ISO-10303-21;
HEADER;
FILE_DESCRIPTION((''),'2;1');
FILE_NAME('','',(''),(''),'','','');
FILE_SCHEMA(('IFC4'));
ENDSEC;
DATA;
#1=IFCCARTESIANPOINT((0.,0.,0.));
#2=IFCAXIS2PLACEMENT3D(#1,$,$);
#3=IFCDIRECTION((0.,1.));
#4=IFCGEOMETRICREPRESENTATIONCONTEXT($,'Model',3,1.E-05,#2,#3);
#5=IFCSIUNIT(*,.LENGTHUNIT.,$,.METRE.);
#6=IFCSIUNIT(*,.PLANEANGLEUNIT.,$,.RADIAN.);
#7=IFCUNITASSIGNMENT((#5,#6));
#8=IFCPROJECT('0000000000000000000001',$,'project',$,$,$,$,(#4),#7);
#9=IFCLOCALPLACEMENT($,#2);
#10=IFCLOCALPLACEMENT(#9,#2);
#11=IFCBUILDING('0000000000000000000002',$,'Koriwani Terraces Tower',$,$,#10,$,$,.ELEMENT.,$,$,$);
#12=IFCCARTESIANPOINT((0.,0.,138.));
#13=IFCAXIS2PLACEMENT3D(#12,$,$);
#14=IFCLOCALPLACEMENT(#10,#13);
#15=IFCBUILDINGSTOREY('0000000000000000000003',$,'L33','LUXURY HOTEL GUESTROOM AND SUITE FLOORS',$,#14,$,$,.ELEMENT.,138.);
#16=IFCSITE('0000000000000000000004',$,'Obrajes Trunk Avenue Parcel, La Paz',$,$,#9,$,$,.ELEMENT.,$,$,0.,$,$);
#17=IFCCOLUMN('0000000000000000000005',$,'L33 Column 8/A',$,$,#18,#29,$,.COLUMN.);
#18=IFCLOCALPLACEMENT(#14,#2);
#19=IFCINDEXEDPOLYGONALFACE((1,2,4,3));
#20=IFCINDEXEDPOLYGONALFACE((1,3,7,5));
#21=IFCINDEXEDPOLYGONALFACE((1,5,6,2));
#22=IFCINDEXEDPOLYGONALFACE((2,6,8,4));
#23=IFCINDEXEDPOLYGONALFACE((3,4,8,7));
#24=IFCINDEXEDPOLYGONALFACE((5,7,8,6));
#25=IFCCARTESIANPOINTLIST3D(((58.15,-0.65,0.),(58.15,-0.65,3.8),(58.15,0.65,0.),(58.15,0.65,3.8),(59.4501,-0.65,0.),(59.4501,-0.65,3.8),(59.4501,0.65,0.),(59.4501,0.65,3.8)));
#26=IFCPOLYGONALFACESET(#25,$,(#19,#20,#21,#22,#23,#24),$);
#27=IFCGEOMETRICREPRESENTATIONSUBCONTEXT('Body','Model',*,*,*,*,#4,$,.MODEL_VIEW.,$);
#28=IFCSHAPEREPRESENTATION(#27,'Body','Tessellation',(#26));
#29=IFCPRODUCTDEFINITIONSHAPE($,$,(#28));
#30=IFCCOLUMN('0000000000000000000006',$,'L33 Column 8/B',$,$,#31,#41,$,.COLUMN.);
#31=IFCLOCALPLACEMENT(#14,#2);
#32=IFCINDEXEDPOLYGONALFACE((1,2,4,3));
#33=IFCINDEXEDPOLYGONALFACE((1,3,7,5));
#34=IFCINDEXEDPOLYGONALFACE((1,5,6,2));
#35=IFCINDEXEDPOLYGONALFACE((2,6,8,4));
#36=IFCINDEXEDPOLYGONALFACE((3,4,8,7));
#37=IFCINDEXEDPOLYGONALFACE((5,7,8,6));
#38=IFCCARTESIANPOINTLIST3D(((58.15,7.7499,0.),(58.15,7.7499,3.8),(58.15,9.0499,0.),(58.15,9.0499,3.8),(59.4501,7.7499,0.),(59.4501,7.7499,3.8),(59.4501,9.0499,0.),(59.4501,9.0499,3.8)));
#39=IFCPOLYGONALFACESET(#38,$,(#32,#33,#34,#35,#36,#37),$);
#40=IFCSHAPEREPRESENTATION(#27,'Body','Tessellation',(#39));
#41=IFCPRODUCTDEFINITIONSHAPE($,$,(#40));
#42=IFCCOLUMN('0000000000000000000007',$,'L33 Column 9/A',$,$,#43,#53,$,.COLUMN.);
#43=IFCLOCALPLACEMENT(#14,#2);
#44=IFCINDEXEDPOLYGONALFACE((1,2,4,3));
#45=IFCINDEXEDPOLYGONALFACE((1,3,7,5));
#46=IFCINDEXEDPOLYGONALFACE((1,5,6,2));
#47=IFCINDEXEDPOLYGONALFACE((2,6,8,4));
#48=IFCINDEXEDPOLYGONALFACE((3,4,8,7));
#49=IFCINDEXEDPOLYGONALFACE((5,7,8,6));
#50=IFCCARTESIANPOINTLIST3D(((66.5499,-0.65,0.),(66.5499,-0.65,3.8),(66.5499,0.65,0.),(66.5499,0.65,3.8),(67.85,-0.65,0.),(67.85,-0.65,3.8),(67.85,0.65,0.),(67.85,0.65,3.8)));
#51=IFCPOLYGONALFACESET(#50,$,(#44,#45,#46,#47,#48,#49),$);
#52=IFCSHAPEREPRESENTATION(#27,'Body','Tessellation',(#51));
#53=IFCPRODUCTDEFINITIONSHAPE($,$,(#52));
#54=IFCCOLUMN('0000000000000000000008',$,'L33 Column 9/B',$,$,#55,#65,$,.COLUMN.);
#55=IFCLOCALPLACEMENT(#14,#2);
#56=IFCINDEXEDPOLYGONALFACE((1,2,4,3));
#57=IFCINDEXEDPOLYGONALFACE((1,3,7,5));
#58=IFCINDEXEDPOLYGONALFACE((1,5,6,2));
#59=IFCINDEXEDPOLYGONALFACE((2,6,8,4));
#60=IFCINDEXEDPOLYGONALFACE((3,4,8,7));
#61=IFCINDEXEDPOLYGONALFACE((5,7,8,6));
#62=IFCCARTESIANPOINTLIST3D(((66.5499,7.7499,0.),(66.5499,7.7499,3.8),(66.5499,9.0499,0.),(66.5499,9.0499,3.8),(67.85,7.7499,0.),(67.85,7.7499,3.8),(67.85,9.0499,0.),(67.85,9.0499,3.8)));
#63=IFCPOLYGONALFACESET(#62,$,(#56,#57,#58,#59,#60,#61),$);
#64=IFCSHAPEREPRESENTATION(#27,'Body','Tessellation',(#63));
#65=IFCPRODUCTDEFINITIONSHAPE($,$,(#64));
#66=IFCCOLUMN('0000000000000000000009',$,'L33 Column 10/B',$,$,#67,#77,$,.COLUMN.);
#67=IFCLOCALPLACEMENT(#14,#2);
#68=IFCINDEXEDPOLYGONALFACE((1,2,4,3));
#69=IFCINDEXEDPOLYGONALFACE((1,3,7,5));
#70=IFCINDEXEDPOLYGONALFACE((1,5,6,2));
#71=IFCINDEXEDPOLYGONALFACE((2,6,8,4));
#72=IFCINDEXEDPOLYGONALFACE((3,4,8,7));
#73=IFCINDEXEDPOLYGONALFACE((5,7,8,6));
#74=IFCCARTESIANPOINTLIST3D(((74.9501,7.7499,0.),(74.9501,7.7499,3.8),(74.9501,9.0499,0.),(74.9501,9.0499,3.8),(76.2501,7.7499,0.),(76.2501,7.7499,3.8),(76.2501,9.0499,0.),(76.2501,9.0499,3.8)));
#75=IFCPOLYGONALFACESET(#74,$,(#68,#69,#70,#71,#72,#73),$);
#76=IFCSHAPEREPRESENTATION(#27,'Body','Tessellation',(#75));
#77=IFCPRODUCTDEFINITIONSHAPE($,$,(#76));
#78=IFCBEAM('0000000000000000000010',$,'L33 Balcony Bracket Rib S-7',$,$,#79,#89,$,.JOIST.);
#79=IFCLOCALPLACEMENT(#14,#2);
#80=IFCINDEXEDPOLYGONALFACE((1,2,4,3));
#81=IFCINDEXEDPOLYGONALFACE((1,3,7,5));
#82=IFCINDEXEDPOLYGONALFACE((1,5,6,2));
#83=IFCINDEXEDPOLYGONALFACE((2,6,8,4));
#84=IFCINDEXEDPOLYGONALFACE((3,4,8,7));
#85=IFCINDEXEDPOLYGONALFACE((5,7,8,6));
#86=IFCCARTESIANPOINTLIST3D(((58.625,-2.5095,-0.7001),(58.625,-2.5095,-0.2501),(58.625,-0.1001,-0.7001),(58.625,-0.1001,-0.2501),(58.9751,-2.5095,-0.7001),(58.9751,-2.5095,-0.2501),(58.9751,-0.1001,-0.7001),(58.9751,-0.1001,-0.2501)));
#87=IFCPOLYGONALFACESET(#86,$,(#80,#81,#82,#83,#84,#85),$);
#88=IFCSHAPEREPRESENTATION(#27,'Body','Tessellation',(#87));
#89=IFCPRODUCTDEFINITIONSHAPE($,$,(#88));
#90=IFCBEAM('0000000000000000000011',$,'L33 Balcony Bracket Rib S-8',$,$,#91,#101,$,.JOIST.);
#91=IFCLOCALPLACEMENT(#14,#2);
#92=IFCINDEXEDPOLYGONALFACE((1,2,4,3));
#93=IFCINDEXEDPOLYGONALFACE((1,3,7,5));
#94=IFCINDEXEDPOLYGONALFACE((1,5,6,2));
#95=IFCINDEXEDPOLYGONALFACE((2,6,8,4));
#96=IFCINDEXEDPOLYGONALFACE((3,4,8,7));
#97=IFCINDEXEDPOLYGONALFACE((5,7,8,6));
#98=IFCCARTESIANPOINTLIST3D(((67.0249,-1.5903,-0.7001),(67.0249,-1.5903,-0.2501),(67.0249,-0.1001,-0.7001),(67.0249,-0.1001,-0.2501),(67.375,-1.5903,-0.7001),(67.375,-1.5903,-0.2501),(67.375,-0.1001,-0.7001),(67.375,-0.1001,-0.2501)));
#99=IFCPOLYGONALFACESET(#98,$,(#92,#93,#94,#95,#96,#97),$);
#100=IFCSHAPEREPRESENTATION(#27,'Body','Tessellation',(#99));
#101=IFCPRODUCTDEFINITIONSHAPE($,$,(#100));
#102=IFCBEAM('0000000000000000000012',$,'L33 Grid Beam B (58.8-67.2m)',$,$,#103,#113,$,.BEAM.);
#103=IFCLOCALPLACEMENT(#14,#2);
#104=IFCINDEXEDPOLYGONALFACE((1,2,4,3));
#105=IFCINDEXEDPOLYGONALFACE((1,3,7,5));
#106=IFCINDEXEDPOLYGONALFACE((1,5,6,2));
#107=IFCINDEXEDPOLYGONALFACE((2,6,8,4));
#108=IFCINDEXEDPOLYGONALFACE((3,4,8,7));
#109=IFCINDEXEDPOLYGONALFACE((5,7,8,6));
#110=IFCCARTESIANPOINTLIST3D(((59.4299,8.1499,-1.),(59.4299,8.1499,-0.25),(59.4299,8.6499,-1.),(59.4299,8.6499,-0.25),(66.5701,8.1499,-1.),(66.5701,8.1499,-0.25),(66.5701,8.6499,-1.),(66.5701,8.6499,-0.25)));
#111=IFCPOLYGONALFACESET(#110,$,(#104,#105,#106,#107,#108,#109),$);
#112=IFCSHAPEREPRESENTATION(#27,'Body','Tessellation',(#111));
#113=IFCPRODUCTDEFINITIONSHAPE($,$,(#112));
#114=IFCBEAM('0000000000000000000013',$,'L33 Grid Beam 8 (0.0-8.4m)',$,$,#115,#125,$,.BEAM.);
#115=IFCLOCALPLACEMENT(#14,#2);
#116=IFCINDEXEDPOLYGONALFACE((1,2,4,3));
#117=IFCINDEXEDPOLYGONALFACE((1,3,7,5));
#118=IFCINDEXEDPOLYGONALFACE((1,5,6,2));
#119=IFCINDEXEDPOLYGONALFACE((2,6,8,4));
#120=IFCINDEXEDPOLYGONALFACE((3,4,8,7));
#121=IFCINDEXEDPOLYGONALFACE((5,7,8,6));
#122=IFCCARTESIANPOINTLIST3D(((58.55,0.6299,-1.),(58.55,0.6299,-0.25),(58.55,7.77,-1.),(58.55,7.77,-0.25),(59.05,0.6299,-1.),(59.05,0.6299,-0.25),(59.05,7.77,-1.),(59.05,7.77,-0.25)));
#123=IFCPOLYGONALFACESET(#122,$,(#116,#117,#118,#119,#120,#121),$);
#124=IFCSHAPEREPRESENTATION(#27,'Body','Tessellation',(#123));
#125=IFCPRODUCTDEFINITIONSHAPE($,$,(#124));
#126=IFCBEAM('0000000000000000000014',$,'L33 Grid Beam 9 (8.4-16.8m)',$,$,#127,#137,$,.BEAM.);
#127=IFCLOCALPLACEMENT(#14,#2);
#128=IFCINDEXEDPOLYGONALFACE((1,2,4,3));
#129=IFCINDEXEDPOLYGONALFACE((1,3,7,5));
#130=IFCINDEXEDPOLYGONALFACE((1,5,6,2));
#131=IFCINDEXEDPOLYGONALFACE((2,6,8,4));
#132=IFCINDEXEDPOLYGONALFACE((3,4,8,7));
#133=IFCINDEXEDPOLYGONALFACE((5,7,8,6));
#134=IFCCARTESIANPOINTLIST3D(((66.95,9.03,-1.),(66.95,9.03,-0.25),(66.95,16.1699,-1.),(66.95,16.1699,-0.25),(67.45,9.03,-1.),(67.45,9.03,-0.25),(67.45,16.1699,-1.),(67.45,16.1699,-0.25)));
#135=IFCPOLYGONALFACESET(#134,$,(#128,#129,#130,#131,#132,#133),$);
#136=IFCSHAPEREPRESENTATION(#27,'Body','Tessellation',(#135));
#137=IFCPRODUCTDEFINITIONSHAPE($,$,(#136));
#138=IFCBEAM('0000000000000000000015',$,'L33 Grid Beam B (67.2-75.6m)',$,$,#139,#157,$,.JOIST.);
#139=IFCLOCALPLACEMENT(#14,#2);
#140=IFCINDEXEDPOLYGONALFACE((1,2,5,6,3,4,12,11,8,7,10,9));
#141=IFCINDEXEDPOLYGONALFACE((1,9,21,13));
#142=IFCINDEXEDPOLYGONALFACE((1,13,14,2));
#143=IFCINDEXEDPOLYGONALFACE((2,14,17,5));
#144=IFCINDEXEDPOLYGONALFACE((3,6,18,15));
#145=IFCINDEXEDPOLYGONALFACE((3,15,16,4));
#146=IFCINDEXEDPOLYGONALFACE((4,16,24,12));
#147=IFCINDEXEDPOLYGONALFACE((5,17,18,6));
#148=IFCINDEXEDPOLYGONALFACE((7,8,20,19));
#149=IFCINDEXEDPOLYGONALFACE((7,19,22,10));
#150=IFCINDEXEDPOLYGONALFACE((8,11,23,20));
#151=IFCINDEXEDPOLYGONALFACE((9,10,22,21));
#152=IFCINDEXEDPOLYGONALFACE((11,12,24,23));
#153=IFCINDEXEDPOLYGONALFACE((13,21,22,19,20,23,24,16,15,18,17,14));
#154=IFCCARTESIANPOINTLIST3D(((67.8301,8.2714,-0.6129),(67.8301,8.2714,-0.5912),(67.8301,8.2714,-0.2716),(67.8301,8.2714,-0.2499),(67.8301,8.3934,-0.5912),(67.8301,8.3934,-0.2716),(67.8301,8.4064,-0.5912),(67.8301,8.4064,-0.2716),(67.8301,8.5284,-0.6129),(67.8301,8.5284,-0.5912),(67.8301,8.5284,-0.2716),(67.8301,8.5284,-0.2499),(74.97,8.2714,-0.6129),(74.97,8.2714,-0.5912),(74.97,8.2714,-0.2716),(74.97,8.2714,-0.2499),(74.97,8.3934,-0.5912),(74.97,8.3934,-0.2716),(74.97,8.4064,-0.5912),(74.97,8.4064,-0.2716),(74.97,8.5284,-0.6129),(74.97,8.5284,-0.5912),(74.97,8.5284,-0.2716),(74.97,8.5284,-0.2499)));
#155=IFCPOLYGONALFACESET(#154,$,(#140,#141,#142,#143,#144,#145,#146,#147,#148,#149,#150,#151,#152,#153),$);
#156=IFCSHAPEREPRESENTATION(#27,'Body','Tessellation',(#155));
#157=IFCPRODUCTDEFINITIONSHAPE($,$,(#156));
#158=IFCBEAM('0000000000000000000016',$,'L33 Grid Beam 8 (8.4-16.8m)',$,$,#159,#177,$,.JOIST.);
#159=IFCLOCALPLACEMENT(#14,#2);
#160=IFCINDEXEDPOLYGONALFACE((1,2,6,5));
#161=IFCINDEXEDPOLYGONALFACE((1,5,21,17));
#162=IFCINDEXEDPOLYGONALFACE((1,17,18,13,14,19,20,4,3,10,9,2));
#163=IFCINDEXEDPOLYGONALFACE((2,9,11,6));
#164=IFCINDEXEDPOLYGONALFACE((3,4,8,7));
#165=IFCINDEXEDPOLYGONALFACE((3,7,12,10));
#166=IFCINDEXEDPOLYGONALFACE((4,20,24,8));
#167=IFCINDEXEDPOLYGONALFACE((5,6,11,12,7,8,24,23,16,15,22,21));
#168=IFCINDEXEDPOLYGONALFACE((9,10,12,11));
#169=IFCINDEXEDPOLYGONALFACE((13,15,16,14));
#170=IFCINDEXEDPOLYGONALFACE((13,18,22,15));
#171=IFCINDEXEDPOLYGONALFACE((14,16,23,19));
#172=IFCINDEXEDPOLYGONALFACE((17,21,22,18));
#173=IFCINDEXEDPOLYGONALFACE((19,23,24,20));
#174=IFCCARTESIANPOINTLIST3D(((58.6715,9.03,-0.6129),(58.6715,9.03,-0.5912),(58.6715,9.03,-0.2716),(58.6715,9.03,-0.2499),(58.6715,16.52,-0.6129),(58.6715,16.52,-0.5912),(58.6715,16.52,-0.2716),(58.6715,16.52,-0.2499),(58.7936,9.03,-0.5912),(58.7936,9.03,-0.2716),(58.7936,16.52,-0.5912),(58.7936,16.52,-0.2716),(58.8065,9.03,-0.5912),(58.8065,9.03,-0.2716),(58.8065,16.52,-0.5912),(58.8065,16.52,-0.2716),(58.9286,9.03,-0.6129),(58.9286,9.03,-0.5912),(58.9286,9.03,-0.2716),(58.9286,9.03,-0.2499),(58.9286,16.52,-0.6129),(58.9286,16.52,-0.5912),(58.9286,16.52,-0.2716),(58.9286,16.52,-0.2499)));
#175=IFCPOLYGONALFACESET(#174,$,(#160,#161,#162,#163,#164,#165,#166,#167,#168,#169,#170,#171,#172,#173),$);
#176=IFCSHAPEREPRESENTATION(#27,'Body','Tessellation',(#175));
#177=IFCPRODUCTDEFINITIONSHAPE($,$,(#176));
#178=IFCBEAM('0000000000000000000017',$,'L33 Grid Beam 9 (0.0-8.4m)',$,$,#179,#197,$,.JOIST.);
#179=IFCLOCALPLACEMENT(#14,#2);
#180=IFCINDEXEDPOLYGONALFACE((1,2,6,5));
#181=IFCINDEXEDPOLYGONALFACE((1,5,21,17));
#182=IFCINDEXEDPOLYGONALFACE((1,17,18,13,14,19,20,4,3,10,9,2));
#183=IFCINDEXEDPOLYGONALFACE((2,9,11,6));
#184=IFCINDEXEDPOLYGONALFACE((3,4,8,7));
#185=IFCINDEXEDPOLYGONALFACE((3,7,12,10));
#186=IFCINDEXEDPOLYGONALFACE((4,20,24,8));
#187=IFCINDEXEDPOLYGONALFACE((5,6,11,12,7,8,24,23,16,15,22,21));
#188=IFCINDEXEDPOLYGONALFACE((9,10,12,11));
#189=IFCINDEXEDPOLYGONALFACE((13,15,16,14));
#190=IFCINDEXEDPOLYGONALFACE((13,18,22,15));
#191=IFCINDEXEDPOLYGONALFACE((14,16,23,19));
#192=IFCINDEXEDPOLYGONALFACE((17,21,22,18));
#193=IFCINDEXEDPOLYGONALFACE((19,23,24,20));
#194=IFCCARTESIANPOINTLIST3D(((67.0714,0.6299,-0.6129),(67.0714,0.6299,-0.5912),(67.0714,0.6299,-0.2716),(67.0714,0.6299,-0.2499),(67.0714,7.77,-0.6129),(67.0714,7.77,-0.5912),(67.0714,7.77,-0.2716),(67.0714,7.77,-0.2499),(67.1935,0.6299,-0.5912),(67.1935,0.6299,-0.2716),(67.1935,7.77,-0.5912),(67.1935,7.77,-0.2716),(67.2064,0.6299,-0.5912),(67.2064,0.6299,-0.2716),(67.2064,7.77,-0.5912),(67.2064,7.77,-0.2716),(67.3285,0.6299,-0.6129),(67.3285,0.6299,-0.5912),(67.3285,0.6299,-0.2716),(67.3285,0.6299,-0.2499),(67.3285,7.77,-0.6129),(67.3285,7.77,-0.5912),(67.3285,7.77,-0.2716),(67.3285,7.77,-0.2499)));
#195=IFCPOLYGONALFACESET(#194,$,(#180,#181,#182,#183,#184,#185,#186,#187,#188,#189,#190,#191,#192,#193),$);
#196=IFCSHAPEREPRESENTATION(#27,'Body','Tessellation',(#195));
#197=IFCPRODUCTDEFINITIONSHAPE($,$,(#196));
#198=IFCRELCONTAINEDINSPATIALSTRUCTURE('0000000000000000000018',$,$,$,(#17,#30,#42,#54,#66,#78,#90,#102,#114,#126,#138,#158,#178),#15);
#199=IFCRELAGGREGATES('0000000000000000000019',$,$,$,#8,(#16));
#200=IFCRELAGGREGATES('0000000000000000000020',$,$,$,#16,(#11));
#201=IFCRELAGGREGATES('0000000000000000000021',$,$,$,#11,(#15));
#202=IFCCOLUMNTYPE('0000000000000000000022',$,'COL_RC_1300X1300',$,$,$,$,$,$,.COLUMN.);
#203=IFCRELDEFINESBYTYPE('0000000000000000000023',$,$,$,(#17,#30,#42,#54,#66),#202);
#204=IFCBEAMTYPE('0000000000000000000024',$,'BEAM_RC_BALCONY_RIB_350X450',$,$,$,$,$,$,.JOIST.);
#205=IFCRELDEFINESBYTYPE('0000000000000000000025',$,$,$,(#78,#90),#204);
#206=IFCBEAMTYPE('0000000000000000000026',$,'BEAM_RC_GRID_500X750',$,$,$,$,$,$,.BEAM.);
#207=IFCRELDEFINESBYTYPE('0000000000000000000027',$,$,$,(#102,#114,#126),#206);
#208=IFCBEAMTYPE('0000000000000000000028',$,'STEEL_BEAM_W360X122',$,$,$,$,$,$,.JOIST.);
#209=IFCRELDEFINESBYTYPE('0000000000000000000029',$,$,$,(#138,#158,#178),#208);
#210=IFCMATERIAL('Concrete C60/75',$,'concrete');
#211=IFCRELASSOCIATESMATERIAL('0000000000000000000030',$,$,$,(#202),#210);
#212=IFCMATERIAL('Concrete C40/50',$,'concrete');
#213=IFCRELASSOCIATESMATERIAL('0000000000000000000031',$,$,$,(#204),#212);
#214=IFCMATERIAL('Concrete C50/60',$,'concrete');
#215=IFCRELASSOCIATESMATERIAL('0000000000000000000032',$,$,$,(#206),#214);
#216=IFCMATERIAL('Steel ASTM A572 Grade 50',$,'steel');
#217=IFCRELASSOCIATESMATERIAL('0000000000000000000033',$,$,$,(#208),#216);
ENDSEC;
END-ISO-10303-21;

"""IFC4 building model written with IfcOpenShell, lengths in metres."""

from ifc_helpers import new_model, si_unit, direction, frame, origin, origin_2d, place, context, subcontext, project, spatial, rectangle, i_section, extrude, material, material_profile, profile_set, type_object, element, save


model = new_model("IFC4")

# Units and contexts
model_context = context("Model", 3, precision=1e-05, world=origin(), true_north=direction((0.0, 1.0)))
body_context = subcontext(model_context, "Body", "Model", "MODEL_VIEW")
ifc_project = project(units=[si_unit("LENGTHUNIT", "METRE"), si_unit("PLANEANGLEUNIT", "RADIAN")], contexts=[model_context])

# Site, building, storey
site_placement = place(None, origin())
site = spatial("IfcSite", under=ifc_project, at=site_placement, Name="Obrajes Trunk Avenue Parcel, La Paz", CompositionType="ELEMENT", RefElevation=0.0)
building_placement = place(site_placement, origin())
building = spatial("IfcBuilding", under=site, at=building_placement, Name="Koriwani Terraces Tower", CompositionType="ELEMENT")
storey_placement = place(building_placement, frame((0.0, 0.0, 138.0)))
storey = spatial("IfcBuildingStorey", under=building, at=storey_placement, Name="L33", Description="LUXURY HOTEL GUESTROOM AND SUITE FLOORS", CompositionType="ELEMENT", Elevation=138.0)

# Columns
ifc_material_1 = material(Name="Concrete C60/75", Category="concrete")
ifc_material_profile_1 = material_profile(ifc_material_1, rectangle(XDim=1.3, YDim=1.3, at=origin_2d()), Name="Concrete C60/75", Category="LoadBearing")
ifc_profile_set_1 = profile_set([ifc_material_profile_1], Name="Concrete C60/75")
column_type = type_object("IfcColumnType", Name="COL_RC_1300X1300", PredefinedType="COLUMN", material=ifc_profile_set_1)
for number, where, z_axis, x_axis, name in (
    (1, (58.8, 0.0, 0.0), (0.0, 0.0, 1.0), (1.0, 0.0, 0.0), "L33 Column 8/A"),
    (2, (58.8, 8.3999, 0.0), (0.0, 0.0, 1.0), (1.0, 0.0, 0.0), "L33 Column 8/B"),
    (3, (67.2, 0.0, 0.0), (0.0, 0.0, 1.0), (1.0, 0.0, 0.0), "L33 Column 9/A"),
    (4, (67.2, 8.3999, 0.0), (0.0, 0.0, 1.0), (1.0, 0.0, 0.0), "L33 Column 9/B"),
    (5, (75.6001, 8.3999, 0.0), (0.0, 0.0, 1.0), (1.0, 0.0, 0.0), "L33 Column 10/B"),
):
    element("IfcColumn", number, at=place(storey_placement, frame(where, z_axis=z_axis, x_axis=x_axis)), inside=storey, type_object=column_type, Name=name, PredefinedType="COLUMN", context=body_context, shape_type="SweptSolid", body=[
        extrude(rectangle(XDim=1.3, YDim=1.3, at=origin_2d()), origin(), (0.0, 0.0, 1.0), 3.8),
    ])

# Beams
ifc_material_2 = material(Name="Concrete C40/50", Category="concrete")
ifc_material_profile_2 = material_profile(ifc_material_2, rectangle(XDim=0.3501, YDim=0.45, at=origin_2d()), Name="Concrete C40/50", Category="LoadBearing")
ifc_profile_set_2 = profile_set([ifc_material_profile_2], Name="Concrete C40/50")
beam_type_1 = type_object("IfcBeamType", Name="BEAM_RC_BALCONY_RIB_350X450", PredefinedType="JOIST", material=ifc_profile_set_2)
beam_1_placement = place(storey_placement, frame((58.8, -2.5095, -0.4751), z_axis=(0.0, 1.0, 0.0), x_axis=(-1.0, 0.0, 0.0)))
element("IfcBeam", 6, at=beam_1_placement, inside=storey, type_object=beam_type_1, Name="L33 Balcony Bracket Rib S-7", PredefinedType="JOIST", context=body_context, shape_type="SweptSolid", body=[
    extrude(rectangle(XDim=0.3501, YDim=0.45, at=origin_2d()), origin(), (0.0, 0.0, 1.0), 2.4094),
])
beam_2_placement = place(storey_placement, frame((67.2, -1.5903, -0.4751), z_axis=(0.0, 1.0, 0.0), x_axis=(-1.0, 0.0, 0.0)))
element("IfcBeam", 7, at=beam_2_placement, inside=storey, type_object=beam_type_1, Name="L33 Balcony Bracket Rib S-8", PredefinedType="JOIST", context=body_context, shape_type="SweptSolid", body=[
    extrude(rectangle(XDim=0.3501, YDim=0.45, at=origin_2d()), origin(), (0.0, 0.0, 1.0), 1.4902),
])
ifc_material_3 = material(Name="Concrete C50/60", Category="concrete")
ifc_material_profile_3 = material_profile(ifc_material_3, rectangle(XDim=0.5, YDim=0.75, at=origin_2d()), Name="Concrete C50/60", Category="LoadBearing")
ifc_profile_set_3 = profile_set([ifc_material_profile_3], Name="Concrete C50/60")
beam_type_2 = type_object("IfcBeamType", Name="BEAM_RC_GRID_500X750", PredefinedType="BEAM", material=ifc_profile_set_3)
for number, where, z_axis, x_axis, name in (
    (8, (59.4299, 8.3999, -0.625), (1.0, 0.0, 0.0), (0.0, 1.0, 0.0), "L33 Grid Beam B (58.8-67.2m)"),
    (9, (58.8, 0.6299, -0.625), (0.0, 1.0, 0.0), (-1.0, 0.0, 0.0), "L33 Grid Beam 8 (0.0-8.4m)"),
):
    element("IfcBeam", number, at=place(storey_placement, frame(where, z_axis=z_axis, x_axis=x_axis)), inside=storey, type_object=beam_type_2, Name=name, PredefinedType="BEAM", context=body_context, shape_type="SweptSolid", body=[
        extrude(rectangle(XDim=0.5, YDim=0.75, at=origin_2d()), origin(), (0.0, 0.0, 1.0), 7.1401),
    ])
beam_3_placement = place(storey_placement, frame((67.2, 9.03, -0.625), z_axis=(0.0, 1.0, 0.0), x_axis=(-1.0, 0.0, 0.0)))
element("IfcBeam", 10, at=beam_3_placement, inside=storey, type_object=beam_type_2, Name="L33 Grid Beam 9 (8.4-16.8m)", PredefinedType="BEAM", context=body_context, shape_type="SweptSolid", body=[
    extrude(rectangle(XDim=0.5, YDim=0.75, at=origin_2d()), origin(), (0.0, 0.0, 1.0), 7.1399),
])
ifc_material_4 = material(Name="Steel ASTM A572 Grade 50", Category="steel")
ifc_material_profile_4 = material_profile(ifc_material_4, i_section(OverallWidth=0.2571, OverallDepth=0.363, WebThickness=0.0129, FlangeThickness=0.0217, at=origin_2d()), Name="Steel ASTM A572 Grade 50", Category="LoadBearing")
ifc_profile_set_4 = profile_set([ifc_material_profile_4], Name="Steel ASTM A572 Grade 50")
beam_type_3 = type_object("IfcBeamType", Name="STEEL_BEAM_W360X122", PredefinedType="JOIST", material=ifc_profile_set_4)
beam_4_placement = place(storey_placement, frame((67.8301, 8.3999, -0.4314), z_axis=(1.0, 0.0, 0.0), x_axis=(0.0, 1.0, 0.0)))
element("IfcBeam", 11, at=beam_4_placement, inside=storey, type_object=beam_type_3, Name="L33 Grid Beam B (67.2-75.6m)", PredefinedType="JOIST", context=body_context, shape_type="SweptSolid", body=[
    extrude(i_section(OverallWidth=0.2571, OverallDepth=0.363, WebThickness=0.0129, FlangeThickness=0.0217, at=origin_2d()), origin(), (0.0, 0.0, 1.0), 7.1399),
])
beam_5_placement = place(storey_placement, frame((58.8, 9.03, -0.4314), z_axis=(0.0, 1.0, 0.0), x_axis=(-1.0, 0.0, 0.0)))
element("IfcBeam", 12, at=beam_5_placement, inside=storey, type_object=beam_type_3, Name="L33 Grid Beam 8 (8.4-16.8m)", PredefinedType="JOIST", context=body_context, shape_type="SweptSolid", body=[
    extrude(i_section(OverallWidth=0.2571, OverallDepth=0.363, WebThickness=0.0129, FlangeThickness=0.0217, at=origin_2d()), origin(), (0.0, 0.0, 1.0), 7.49),
])
beam_6_placement = place(storey_placement, frame((67.2, 0.6299, -0.4314), z_axis=(0.0, 1.0, 0.0), x_axis=(-1.0, 0.0, 0.0)))
element("IfcBeam", 13, at=beam_6_placement, inside=storey, type_object=beam_type_3, Name="L33 Grid Beam 9 (0.0-8.4m)", PredefinedType="JOIST", context=body_context, shape_type="SweptSolid", body=[
    extrude(i_section(OverallWidth=0.2571, OverallDepth=0.363, WebThickness=0.0129, FlangeThickness=0.0217, at=origin_2d()), origin(), (0.0, 0.0, 1.0), 7.1401),
])

save(model, "model.ifc")
